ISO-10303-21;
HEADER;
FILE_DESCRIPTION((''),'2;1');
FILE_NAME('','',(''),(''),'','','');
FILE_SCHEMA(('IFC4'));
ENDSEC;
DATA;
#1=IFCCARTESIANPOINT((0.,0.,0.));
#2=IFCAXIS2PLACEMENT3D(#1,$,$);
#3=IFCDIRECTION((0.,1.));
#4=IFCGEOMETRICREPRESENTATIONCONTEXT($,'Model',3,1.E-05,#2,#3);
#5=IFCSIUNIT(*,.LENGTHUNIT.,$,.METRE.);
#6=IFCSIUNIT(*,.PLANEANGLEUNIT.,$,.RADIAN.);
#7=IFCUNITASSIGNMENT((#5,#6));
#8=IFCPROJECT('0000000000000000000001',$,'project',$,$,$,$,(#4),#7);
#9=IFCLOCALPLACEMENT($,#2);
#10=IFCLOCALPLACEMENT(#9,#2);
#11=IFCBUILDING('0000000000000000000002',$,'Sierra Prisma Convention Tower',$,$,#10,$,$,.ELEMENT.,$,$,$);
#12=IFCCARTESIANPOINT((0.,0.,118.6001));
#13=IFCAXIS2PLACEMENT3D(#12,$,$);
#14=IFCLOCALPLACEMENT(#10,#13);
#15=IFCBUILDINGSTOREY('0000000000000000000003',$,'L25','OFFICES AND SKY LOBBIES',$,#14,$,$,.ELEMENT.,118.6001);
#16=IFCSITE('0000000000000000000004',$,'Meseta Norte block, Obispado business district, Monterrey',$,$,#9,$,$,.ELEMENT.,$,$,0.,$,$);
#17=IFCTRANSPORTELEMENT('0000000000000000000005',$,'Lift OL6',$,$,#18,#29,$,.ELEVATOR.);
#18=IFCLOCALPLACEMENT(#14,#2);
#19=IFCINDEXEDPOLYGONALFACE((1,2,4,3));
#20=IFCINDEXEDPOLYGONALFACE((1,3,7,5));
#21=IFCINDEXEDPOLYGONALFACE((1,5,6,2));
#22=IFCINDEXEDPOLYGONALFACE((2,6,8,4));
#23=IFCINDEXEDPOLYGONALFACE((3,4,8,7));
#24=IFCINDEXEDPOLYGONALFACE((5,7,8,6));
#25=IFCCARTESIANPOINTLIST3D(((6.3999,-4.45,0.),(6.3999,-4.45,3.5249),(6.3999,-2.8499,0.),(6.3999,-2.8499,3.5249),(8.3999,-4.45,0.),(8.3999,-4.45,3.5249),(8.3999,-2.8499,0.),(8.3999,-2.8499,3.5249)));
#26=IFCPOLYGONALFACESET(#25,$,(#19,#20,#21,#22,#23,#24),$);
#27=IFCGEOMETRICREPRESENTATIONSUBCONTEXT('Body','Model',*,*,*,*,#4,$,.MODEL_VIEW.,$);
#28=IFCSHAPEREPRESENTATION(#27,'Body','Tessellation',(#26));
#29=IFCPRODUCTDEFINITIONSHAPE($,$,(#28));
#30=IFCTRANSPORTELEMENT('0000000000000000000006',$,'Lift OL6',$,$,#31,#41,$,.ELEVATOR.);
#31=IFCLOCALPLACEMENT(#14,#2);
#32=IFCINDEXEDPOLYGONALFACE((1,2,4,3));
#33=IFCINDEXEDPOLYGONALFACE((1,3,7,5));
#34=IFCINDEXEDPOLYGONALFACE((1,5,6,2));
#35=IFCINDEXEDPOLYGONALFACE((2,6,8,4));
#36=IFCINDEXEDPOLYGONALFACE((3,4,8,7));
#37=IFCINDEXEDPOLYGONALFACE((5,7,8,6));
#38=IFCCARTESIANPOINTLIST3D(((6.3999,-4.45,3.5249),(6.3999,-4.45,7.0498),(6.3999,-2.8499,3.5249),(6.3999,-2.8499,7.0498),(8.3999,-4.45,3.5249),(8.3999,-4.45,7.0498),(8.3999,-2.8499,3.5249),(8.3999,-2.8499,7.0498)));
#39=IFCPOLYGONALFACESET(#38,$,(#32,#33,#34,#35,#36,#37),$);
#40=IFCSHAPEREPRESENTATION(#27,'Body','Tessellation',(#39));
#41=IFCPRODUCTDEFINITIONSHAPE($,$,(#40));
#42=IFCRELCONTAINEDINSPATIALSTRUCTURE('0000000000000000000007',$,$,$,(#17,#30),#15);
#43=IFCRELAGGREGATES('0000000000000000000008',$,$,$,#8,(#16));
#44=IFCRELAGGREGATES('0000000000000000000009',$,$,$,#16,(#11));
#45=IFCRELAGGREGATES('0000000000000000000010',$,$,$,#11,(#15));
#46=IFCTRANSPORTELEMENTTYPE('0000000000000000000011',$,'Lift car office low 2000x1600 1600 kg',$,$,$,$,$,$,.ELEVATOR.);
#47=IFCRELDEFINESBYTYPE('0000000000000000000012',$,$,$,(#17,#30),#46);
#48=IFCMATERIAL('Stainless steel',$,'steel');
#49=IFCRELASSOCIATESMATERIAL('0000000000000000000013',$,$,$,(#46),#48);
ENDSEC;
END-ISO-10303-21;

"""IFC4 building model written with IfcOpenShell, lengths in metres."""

from ifc_helpers import new_model, si_unit, direction, frame, origin, origin_2d, place, context, subcontext, project, spatial, rectangle, extrude, material, type_object, element, save


model = new_model("IFC4")

# Units and contexts
model_context = context("Model", 3, precision=1e-05, world=origin(), true_north=direction((0.0, 1.0)))
body_context = subcontext(model_context, "Body", "Model", "MODEL_VIEW")
ifc_project = project(units=[si_unit("LENGTHUNIT", "METRE"), si_unit("PLANEANGLEUNIT", "RADIAN")], contexts=[model_context])

# Site, building, storey
site_placement = place(None, origin())
site = spatial("IfcSite", under=ifc_project, at=site_placement, Name="Meseta Norte block, Obispado business district, Monterrey", CompositionType="ELEMENT", RefElevation=0.0)
building_placement = place(site_placement, origin())
building = spatial("IfcBuilding", under=site, at=building_placement, Name="Sierra Prisma Convention Tower", CompositionType="ELEMENT")
storey_placement = place(building_placement, frame((0.0, 0.0, 118.6001)))
storey = spatial("IfcBuildingStorey", under=building, at=storey_placement, Name="L25", Description="OFFICES AND SKY LOBBIES", CompositionType="ELEMENT", Elevation=118.6001)

# Transport elements
ifc_material_1 = material(Name="Stainless steel", Category="steel")
transport_element_type = type_object("IfcTransportElementType", Name="Lift car office low 2000x1600 1600 kg", PredefinedType="ELEVATOR", material=ifc_material_1)
for number, where, z_axis, x_axis, name in (
    (1, (7.3999, -3.6499, 0.0), (0.0, 0.0, 1.0), (1.0, 0.0, 0.0), "Lift OL6"),
    (2, (7.3999, -3.6499, 3.5249), (0.0, 0.0, 1.0), (1.0, 0.0, 0.0), "Lift OL6"),
):
    element("IfcTransportElement", number, at=place(storey_placement, frame(where, z_axis=z_axis, x_axis=x_axis)), inside=storey, type_object=transport_element_type, Name=name, PredefinedType="ELEVATOR", context=body_context, shape_type="SweptSolid", body=[
        extrude(rectangle(XDim=2.0, YDim=1.6001, at=origin_2d()), origin(), (0.0, 0.0, 1.0), 3.5249),
    ])

save(model, "model.ifc")
